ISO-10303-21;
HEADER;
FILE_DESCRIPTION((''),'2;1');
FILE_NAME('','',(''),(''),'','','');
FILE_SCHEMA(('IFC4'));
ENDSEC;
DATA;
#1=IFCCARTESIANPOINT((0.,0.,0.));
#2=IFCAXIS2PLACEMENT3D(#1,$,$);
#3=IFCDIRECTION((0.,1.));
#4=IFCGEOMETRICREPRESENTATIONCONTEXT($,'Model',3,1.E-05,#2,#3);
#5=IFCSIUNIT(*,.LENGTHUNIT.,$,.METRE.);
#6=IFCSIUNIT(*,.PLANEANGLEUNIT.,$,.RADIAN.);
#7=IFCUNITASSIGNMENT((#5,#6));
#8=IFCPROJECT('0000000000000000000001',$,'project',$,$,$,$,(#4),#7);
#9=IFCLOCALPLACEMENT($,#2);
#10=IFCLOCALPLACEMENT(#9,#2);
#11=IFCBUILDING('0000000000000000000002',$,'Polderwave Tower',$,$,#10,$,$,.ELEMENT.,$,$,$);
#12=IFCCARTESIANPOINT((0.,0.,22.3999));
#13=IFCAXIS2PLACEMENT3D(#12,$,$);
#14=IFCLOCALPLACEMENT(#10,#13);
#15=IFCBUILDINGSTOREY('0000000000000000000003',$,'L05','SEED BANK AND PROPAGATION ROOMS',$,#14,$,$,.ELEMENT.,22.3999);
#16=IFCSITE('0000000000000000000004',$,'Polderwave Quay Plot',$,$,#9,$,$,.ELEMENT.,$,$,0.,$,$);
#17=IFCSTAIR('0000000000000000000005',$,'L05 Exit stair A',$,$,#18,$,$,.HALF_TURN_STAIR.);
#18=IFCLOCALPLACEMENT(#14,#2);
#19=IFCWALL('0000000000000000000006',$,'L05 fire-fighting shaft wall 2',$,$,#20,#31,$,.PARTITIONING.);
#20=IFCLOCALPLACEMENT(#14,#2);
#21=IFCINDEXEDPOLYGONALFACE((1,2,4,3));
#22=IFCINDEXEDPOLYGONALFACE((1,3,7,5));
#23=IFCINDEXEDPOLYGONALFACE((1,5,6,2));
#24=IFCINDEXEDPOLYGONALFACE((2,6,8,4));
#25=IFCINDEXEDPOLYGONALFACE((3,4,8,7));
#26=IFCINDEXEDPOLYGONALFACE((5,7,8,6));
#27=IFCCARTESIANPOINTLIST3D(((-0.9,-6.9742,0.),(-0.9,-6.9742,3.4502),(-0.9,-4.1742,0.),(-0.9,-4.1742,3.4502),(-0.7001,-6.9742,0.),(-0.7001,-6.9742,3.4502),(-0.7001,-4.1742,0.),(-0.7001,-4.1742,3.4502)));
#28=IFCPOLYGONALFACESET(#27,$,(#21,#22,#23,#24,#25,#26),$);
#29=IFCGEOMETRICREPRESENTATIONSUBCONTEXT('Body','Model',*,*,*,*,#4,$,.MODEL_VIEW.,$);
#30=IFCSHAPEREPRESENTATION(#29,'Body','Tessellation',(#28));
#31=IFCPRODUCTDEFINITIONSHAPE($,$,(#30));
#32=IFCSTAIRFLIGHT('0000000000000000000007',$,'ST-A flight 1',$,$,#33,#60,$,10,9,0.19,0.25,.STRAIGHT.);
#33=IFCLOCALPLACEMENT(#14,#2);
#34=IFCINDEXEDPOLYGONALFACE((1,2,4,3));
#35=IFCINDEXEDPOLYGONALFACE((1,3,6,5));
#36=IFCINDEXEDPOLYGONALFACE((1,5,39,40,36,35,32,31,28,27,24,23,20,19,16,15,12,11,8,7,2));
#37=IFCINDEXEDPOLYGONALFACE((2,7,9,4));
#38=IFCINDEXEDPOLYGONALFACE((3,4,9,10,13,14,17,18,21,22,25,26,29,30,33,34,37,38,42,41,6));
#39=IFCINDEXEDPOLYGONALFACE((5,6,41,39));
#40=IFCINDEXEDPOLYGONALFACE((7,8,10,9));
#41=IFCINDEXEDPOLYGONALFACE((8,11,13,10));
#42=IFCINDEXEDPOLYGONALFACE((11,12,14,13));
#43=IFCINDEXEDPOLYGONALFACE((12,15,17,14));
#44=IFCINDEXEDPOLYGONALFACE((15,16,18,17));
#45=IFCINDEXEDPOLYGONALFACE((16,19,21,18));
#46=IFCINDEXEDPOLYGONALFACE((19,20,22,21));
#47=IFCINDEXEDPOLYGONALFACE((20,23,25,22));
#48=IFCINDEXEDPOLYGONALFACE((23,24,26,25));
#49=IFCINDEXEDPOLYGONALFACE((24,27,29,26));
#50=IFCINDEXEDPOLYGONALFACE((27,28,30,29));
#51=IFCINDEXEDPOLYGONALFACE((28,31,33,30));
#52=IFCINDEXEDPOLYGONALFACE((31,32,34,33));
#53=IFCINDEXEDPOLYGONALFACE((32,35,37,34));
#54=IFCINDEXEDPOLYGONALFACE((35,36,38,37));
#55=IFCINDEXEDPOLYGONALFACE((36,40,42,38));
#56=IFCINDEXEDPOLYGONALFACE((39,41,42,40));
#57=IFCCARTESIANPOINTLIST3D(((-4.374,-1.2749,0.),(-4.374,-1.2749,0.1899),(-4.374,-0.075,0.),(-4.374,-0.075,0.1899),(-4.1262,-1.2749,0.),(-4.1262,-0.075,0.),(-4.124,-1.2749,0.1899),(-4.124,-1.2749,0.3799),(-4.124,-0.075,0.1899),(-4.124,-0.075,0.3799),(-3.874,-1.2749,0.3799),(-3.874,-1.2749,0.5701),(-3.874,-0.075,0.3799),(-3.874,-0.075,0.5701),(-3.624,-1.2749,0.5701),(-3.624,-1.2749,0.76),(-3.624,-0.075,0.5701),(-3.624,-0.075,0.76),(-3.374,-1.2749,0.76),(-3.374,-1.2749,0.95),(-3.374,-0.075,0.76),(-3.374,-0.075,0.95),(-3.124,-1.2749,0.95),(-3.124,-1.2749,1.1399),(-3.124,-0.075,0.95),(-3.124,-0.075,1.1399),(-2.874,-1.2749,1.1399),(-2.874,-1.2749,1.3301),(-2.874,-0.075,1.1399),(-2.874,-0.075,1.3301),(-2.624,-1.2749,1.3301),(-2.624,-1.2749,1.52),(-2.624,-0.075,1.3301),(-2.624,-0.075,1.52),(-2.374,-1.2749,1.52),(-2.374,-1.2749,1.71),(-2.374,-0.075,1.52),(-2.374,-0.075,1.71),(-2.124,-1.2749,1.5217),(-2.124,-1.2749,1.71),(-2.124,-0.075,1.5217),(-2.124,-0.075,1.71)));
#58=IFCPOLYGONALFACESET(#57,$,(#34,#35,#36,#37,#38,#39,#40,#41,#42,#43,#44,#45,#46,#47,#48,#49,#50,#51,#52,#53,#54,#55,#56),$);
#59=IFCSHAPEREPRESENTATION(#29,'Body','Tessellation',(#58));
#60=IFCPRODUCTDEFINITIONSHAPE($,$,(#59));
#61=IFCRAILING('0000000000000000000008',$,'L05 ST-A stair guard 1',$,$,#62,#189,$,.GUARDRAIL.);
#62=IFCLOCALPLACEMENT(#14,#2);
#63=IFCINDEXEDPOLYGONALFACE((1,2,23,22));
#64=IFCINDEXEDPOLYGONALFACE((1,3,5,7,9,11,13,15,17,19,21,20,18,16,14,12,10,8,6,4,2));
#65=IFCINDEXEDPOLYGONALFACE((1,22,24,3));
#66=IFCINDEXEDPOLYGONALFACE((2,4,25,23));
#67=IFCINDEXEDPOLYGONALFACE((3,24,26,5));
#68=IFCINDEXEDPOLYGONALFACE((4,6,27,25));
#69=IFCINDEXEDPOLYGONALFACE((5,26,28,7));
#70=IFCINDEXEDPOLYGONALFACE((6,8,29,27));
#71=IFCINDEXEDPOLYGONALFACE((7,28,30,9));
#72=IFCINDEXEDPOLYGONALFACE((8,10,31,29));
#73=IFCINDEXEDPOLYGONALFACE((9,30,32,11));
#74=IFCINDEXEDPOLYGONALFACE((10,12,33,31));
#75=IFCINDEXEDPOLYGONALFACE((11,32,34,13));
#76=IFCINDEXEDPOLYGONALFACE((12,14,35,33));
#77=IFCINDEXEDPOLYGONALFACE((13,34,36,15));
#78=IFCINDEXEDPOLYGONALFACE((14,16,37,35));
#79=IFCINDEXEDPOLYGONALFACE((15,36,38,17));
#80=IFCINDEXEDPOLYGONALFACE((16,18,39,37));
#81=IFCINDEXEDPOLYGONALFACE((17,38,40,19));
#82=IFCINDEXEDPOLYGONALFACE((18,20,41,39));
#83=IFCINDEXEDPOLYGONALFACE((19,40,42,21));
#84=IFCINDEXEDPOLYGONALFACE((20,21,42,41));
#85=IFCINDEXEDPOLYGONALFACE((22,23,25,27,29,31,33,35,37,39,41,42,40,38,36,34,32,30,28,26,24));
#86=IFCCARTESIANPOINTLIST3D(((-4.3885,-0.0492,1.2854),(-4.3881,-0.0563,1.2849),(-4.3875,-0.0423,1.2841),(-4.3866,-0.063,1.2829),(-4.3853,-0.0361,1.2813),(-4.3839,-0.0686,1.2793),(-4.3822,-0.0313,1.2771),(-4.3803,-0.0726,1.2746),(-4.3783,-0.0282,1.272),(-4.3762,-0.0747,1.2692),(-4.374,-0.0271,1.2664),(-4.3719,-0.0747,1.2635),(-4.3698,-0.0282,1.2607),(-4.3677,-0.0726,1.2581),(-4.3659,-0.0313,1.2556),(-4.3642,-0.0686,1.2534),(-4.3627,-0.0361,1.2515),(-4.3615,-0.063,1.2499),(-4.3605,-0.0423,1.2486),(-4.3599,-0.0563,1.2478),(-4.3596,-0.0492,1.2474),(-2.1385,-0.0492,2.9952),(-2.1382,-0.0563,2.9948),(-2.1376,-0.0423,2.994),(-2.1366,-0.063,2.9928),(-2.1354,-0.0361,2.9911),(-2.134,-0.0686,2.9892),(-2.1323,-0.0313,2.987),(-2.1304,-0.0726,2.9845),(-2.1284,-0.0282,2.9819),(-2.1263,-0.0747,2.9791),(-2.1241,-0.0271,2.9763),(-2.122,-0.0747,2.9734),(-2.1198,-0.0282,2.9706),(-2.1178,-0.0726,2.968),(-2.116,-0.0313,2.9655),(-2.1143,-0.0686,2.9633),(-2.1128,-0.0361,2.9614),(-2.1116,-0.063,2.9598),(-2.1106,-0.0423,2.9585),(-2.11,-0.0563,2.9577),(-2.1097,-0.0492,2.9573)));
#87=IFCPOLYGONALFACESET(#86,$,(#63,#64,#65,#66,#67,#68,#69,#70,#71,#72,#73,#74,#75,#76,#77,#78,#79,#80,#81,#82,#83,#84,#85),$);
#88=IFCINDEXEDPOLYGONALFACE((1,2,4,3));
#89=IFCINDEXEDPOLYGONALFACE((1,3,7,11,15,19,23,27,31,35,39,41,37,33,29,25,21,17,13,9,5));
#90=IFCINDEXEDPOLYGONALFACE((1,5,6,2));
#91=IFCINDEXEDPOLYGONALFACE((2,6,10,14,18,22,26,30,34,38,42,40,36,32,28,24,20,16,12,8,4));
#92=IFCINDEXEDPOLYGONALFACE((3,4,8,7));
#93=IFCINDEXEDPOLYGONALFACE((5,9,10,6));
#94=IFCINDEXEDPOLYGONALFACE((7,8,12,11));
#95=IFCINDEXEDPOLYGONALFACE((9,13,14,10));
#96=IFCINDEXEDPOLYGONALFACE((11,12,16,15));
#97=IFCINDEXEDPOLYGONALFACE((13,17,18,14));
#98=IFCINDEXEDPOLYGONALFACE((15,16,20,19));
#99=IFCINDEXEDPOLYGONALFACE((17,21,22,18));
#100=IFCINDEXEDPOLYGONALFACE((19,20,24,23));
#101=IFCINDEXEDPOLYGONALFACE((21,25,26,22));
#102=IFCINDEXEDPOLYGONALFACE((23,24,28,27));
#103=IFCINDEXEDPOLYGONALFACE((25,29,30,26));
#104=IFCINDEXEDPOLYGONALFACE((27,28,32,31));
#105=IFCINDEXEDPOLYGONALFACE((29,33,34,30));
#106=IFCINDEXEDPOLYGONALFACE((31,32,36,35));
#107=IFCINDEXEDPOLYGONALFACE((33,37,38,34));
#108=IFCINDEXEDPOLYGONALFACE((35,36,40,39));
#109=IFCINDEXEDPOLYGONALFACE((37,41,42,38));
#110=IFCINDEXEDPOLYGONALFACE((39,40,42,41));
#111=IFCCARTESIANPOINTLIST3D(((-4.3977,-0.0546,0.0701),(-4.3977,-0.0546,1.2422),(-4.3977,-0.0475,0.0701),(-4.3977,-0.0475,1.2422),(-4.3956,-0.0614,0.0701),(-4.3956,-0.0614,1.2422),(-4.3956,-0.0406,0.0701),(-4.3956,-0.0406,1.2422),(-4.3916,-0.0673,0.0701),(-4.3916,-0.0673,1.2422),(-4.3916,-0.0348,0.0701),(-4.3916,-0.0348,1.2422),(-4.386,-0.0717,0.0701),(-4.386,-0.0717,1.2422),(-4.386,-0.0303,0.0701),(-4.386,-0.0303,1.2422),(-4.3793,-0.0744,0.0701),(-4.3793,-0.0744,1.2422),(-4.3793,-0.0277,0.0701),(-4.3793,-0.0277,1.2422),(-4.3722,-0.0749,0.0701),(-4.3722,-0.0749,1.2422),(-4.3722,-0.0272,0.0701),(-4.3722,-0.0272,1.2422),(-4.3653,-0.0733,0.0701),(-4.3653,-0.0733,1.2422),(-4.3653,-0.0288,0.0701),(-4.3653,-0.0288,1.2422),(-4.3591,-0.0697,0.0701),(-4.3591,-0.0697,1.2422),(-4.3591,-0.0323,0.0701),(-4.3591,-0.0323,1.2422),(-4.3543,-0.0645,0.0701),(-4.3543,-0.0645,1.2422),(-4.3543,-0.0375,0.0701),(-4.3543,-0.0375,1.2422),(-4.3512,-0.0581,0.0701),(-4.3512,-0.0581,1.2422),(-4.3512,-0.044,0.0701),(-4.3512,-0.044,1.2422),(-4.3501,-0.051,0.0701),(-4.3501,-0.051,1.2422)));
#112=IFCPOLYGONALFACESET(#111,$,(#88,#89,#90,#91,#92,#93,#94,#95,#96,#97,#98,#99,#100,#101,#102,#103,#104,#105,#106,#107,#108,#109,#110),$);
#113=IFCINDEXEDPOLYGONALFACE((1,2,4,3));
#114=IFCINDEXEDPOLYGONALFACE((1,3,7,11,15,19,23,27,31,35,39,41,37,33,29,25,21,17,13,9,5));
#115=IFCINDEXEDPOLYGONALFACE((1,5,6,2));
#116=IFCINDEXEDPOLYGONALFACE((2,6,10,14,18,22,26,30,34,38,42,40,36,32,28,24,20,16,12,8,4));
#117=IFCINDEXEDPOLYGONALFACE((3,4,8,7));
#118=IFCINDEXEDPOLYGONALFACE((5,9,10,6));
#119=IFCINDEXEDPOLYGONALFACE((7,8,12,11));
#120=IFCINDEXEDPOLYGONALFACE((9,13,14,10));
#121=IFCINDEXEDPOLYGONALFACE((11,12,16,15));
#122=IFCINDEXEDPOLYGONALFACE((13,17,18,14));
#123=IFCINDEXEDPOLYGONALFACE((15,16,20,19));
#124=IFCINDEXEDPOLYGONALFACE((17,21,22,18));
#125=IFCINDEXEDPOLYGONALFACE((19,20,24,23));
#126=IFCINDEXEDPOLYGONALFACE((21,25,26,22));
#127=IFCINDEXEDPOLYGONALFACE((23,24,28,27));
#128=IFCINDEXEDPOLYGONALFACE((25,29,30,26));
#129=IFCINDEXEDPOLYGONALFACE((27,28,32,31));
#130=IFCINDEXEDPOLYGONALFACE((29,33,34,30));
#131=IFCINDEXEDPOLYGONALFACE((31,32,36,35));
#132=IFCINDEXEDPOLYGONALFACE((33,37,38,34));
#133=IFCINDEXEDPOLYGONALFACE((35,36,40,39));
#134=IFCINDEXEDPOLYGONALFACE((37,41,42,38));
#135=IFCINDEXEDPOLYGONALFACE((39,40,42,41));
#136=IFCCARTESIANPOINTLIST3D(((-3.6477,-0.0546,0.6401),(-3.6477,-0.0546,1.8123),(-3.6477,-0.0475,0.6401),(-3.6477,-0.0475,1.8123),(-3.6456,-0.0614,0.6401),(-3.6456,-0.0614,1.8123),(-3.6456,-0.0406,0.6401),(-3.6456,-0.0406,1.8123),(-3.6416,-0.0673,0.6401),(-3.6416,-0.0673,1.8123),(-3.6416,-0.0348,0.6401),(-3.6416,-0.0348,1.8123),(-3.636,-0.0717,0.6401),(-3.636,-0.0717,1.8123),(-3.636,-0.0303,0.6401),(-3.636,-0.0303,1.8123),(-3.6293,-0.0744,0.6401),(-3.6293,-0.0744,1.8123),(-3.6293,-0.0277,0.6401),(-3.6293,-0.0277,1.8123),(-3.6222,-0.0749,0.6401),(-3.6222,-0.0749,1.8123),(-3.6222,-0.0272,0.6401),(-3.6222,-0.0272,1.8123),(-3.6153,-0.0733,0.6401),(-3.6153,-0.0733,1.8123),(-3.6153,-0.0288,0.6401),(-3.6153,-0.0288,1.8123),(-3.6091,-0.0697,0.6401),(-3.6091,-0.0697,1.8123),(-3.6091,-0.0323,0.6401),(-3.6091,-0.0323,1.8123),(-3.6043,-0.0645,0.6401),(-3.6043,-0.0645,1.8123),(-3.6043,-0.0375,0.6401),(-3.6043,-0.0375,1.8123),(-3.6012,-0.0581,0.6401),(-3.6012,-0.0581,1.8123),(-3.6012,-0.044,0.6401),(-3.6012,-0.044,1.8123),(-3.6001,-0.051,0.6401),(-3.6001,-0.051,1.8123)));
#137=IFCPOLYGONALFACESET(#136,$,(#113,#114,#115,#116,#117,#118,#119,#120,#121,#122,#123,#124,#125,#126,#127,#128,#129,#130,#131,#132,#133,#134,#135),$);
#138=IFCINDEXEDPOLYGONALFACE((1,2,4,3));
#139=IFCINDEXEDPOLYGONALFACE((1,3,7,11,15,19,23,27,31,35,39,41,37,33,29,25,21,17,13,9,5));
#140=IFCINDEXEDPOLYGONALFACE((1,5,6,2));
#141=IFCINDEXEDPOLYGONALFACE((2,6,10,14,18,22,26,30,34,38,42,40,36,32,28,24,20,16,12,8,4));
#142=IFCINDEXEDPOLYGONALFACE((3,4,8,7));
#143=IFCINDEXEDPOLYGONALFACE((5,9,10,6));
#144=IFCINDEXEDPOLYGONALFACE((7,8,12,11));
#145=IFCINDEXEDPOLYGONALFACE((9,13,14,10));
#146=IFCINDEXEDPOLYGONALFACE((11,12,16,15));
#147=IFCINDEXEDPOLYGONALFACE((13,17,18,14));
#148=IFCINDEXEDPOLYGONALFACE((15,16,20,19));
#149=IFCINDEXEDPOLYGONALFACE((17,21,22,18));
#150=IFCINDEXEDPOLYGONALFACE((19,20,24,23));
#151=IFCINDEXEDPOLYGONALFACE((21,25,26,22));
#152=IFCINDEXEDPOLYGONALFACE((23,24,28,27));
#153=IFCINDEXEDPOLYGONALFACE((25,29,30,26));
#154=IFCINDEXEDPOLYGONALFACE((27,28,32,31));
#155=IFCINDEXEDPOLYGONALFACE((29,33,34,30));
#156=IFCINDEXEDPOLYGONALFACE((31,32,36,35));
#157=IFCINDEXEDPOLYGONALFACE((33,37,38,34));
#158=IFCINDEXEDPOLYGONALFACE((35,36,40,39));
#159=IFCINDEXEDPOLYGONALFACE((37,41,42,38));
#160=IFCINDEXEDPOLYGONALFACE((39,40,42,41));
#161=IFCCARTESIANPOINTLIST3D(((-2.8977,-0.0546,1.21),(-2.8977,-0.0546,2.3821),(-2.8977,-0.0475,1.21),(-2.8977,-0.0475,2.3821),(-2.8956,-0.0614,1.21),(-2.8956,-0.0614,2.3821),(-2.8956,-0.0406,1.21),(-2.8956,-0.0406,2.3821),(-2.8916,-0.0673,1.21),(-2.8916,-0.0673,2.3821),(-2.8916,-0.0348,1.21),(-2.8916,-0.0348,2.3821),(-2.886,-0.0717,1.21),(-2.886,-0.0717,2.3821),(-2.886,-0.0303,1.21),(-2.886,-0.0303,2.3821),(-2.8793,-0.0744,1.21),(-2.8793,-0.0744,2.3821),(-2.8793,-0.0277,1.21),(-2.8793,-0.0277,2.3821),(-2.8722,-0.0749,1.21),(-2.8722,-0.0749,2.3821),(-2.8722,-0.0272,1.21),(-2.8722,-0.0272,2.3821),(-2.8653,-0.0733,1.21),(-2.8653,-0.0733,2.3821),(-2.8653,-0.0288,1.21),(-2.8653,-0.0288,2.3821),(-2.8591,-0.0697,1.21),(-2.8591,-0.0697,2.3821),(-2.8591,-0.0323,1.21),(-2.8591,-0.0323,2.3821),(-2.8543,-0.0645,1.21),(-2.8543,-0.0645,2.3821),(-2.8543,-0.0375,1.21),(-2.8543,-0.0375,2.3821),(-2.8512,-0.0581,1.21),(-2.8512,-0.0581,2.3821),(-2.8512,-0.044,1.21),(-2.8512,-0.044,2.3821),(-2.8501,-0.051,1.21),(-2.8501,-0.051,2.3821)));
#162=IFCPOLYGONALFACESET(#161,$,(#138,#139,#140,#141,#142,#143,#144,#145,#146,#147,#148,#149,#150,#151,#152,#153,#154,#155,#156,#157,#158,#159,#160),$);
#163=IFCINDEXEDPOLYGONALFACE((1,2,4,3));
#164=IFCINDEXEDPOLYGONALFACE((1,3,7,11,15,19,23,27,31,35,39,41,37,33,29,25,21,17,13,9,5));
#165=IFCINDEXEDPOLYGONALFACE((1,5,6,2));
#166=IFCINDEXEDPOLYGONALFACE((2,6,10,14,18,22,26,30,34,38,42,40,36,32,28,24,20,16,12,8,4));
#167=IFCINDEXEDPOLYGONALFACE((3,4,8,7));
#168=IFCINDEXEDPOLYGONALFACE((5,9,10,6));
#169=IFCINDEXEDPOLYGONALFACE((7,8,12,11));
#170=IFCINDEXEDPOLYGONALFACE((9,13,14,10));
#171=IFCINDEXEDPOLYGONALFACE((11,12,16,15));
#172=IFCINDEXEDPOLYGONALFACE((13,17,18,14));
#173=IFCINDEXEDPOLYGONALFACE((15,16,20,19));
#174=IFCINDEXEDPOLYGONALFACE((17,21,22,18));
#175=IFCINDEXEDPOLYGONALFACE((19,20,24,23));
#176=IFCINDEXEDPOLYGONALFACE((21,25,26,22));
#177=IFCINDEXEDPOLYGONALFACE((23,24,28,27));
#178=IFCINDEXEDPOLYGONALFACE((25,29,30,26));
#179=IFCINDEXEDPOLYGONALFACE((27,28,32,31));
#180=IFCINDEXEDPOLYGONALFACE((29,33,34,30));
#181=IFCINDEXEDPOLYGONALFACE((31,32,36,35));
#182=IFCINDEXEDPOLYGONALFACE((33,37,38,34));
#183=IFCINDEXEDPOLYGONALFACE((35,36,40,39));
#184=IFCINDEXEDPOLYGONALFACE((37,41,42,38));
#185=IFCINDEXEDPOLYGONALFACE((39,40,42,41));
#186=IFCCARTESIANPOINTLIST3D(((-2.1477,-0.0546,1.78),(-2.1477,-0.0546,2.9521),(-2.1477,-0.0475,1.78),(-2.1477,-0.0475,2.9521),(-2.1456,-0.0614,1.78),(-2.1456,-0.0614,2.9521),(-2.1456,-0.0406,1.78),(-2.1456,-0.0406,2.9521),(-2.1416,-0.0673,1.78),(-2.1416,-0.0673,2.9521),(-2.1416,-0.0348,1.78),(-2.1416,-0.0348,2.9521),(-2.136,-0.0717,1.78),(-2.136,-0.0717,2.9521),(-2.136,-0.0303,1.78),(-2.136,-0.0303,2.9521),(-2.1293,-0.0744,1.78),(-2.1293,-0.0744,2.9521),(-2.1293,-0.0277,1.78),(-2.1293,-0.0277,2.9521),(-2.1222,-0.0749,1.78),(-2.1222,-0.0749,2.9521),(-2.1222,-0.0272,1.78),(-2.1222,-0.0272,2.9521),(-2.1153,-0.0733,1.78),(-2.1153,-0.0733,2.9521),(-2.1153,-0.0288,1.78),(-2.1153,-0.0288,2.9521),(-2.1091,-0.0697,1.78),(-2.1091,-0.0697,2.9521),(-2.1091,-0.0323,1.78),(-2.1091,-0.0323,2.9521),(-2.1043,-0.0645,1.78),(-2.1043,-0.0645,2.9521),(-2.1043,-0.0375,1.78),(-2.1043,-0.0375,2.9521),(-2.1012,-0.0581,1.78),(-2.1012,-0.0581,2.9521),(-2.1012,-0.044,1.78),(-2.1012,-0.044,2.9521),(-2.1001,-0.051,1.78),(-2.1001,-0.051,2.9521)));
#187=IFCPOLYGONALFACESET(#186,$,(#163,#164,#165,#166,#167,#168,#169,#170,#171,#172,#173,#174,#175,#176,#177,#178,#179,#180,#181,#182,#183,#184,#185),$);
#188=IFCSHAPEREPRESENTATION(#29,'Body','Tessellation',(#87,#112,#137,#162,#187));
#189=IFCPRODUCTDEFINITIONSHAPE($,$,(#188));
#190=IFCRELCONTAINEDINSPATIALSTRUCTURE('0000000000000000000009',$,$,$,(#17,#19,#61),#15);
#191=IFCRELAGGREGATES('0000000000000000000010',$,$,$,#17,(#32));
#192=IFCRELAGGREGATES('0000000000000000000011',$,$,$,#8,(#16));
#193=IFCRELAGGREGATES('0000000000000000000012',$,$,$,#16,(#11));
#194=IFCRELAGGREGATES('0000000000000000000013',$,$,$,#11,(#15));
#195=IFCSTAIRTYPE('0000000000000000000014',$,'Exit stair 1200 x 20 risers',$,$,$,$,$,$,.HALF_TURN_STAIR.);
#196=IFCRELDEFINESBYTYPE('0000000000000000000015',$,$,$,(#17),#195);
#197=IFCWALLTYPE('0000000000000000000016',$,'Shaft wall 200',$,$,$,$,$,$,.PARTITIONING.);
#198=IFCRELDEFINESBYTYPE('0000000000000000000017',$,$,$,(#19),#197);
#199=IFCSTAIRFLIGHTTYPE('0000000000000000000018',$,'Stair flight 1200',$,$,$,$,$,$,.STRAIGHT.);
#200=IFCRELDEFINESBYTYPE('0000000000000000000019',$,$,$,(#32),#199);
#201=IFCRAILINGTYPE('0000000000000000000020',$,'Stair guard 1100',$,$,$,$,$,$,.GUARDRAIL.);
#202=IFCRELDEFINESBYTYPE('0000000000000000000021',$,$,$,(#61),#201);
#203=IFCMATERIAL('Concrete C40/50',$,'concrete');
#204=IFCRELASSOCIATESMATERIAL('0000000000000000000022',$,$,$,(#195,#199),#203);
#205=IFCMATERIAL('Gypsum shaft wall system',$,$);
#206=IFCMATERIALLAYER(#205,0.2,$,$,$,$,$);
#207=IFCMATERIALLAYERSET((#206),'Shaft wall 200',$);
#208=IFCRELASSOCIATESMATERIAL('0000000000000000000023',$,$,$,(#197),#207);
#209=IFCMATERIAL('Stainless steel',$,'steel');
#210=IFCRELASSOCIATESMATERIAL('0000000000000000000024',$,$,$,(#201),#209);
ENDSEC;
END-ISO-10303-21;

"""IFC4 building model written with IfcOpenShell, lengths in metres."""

from ifc_helpers import new_model, si_unit, direction, frame, frame_2d, origin, origin_2d, place, context, subcontext, project, spatial, polyline, rectangle, circle, outline, extrude, material, layer, layer_set, type_object, element, aggregate, save


model = new_model("IFC4")

# Units and contexts
model_context = context("Model", 3, precision=1e-05, world=origin(), true_north=direction((0.0, 1.0)))
body_context = subcontext(model_context, "Body", "Model", "MODEL_VIEW")
ifc_project = project(units=[si_unit("LENGTHUNIT", "METRE"), si_unit("PLANEANGLEUNIT", "RADIAN")], contexts=[model_context])

# Site, building, storey
site_placement = place(None, origin())
site = spatial("IfcSite", under=ifc_project, at=site_placement, Name="Polderwave Quay Plot", CompositionType="ELEMENT", RefElevation=0.0)
building_placement = place(site_placement, origin())
building = spatial("IfcBuilding", under=site, at=building_placement, Name="Polderwave Tower", CompositionType="ELEMENT")
storey_placement = place(building_placement, frame((0.0, 0.0, 22.3999)))
storey = spatial("IfcBuildingStorey", under=building, at=storey_placement, Name="L05", Description="SEED BANK AND PROPAGATION ROOMS", CompositionType="ELEMENT", Elevation=22.3999)

# Shared definitions
ifc_material_1 = material(Name="Concrete C40/50", Category="concrete")

# Stair
stair_type = type_object("IfcStairType", Name="Exit stair 1200 x 20 risers", PredefinedType="HALF_TURN_STAIR", material=ifc_material_1)
stair_placement = place(storey_placement, origin())
stair = element("IfcStair", 1, at=stair_placement, inside=storey, type_object=stair_type, Name="L05 Exit stair A", PredefinedType="HALF_TURN_STAIR")

# Wall
ifc_material_2 = material(Name="Gypsum shaft wall system")
ifc_layer_1 = layer(ifc_material_2, 0.2)
ifc_layer_set_1 = layer_set([ifc_layer_1], Name="Shaft wall 200")
wall_type_1 = type_object("IfcWallType", Name="Shaft wall 200", PredefinedType="PARTITIONING", material=ifc_layer_set_1)
for number, where, z_axis, x_axis, name in (
    (2, (-0.8, -6.9741, 0.0), (0.0, 0.0, 1.0), (0.0, 1.0, 0.0), "L05 fire-fighting shaft wall 2"),
):
    element("IfcWall", number, at=place(storey_placement, frame(where, z_axis=z_axis, x_axis=x_axis)), inside=storey, type_object=wall_type_1, Name=name, PredefinedType="PARTITIONING", context=body_context, shape_type="SweptSolid", body=[
        extrude(rectangle(XDim=2.8, YDim=0.2, at=frame_2d((1.3999, 0.0))), origin(), (0.0, 0.0, 1.0), 3.4502),
    ])

# Stair flight
stair_flight_type = type_object("IfcStairFlightType", Name="Stair flight 1200", PredefinedType="STRAIGHT", material=ifc_material_1)
stair_flight_placement = place(storey_placement, frame((-4.374, -0.675, 0.0), z_axis=(0.0, 0.0, 1.0), x_axis=(1.0, 0.0, 0.0)))
stair_flight = element("IfcStairFlight", 3, at=stair_flight_placement, type_object=stair_flight_type, Name="ST-A flight 1", NumberOfRisers=10, NumberOfTreads=9, PredefinedType="STRAIGHT", RiserHeight=0.19, TreadLength=0.25, context=body_context, shape_type="SweptSolid", body=[
    extrude(outline(polyline([(0.0, 0.0), (0.0, 0.1899), (0.25, 0.1899), (0.25, 0.3799), (0.5, 0.3799), (0.5, 0.5701), (0.75, 0.5701), (0.75, 0.76), (1.0, 0.76), (1.0, 0.95), (1.25, 0.95), (1.25, 1.1399), (1.5, 1.1399), (1.5, 1.3301), (1.75, 1.3301), (1.75, 1.52), (2.0, 1.52), (2.0, 1.71), (2.25, 1.71), (2.25, 1.8999), (2.25, 1.5217), (0.2478, 0.0), (0.0, 0.0)])), frame((0.0, 0.6001, 0.0), z_axis=(0.0, -1.0, 0.0), x_axis=(1.0, 0.0, 0.0)), (0.0, 0.0, 1.0), 1.2),
])
aggregate(stair, [stair_flight])

# Railing
ifc_material_3 = material(Name="Stainless steel", Category="steel")
railing_type = type_object("IfcRailingType", Name="Stair guard 1100", PredefinedType="GUARDRAIL", material=ifc_material_3)
railing_1_placement = place(storey_placement, frame((-4.374, -0.051, 0.0701)))
element("IfcRailing", 4, at=railing_1_placement, inside=storey, type_object=railing_type, Name="L05 ST-A stair guard 1", PredefinedType="GUARDRAIL", context=body_context, shape_type="SweptSolid", body=[
    extrude(circle(Radius=0.0239, at=origin_2d()), frame((0.0, 0.0, 1.1963), z_axis=(0.796169, 0.0, 0.605075), x_axis=(0.0, 1.0, 0.0)), (0.0, 0.0, 1.0), 2.8259),
    extrude(circle(Radius=0.0239, at=origin_2d()), origin(), (0.0, 0.0, 1.0), 1.1721),
    extrude(circle(Radius=0.0239, at=origin_2d()), frame((0.75, 0.0, 0.5701)), (0.0, 0.0, 1.0), 1.1721),
    extrude(circle(Radius=0.0239, at=origin_2d()), frame((1.5, 0.0, 1.1399)), (0.0, 0.0, 1.0), 1.1721),
    extrude(circle(Radius=0.0239, at=origin_2d()), frame((2.25, 0.0, 1.71)), (0.0, 0.0, 1.0), 1.1721),
])

save(model, "model.ifc")
